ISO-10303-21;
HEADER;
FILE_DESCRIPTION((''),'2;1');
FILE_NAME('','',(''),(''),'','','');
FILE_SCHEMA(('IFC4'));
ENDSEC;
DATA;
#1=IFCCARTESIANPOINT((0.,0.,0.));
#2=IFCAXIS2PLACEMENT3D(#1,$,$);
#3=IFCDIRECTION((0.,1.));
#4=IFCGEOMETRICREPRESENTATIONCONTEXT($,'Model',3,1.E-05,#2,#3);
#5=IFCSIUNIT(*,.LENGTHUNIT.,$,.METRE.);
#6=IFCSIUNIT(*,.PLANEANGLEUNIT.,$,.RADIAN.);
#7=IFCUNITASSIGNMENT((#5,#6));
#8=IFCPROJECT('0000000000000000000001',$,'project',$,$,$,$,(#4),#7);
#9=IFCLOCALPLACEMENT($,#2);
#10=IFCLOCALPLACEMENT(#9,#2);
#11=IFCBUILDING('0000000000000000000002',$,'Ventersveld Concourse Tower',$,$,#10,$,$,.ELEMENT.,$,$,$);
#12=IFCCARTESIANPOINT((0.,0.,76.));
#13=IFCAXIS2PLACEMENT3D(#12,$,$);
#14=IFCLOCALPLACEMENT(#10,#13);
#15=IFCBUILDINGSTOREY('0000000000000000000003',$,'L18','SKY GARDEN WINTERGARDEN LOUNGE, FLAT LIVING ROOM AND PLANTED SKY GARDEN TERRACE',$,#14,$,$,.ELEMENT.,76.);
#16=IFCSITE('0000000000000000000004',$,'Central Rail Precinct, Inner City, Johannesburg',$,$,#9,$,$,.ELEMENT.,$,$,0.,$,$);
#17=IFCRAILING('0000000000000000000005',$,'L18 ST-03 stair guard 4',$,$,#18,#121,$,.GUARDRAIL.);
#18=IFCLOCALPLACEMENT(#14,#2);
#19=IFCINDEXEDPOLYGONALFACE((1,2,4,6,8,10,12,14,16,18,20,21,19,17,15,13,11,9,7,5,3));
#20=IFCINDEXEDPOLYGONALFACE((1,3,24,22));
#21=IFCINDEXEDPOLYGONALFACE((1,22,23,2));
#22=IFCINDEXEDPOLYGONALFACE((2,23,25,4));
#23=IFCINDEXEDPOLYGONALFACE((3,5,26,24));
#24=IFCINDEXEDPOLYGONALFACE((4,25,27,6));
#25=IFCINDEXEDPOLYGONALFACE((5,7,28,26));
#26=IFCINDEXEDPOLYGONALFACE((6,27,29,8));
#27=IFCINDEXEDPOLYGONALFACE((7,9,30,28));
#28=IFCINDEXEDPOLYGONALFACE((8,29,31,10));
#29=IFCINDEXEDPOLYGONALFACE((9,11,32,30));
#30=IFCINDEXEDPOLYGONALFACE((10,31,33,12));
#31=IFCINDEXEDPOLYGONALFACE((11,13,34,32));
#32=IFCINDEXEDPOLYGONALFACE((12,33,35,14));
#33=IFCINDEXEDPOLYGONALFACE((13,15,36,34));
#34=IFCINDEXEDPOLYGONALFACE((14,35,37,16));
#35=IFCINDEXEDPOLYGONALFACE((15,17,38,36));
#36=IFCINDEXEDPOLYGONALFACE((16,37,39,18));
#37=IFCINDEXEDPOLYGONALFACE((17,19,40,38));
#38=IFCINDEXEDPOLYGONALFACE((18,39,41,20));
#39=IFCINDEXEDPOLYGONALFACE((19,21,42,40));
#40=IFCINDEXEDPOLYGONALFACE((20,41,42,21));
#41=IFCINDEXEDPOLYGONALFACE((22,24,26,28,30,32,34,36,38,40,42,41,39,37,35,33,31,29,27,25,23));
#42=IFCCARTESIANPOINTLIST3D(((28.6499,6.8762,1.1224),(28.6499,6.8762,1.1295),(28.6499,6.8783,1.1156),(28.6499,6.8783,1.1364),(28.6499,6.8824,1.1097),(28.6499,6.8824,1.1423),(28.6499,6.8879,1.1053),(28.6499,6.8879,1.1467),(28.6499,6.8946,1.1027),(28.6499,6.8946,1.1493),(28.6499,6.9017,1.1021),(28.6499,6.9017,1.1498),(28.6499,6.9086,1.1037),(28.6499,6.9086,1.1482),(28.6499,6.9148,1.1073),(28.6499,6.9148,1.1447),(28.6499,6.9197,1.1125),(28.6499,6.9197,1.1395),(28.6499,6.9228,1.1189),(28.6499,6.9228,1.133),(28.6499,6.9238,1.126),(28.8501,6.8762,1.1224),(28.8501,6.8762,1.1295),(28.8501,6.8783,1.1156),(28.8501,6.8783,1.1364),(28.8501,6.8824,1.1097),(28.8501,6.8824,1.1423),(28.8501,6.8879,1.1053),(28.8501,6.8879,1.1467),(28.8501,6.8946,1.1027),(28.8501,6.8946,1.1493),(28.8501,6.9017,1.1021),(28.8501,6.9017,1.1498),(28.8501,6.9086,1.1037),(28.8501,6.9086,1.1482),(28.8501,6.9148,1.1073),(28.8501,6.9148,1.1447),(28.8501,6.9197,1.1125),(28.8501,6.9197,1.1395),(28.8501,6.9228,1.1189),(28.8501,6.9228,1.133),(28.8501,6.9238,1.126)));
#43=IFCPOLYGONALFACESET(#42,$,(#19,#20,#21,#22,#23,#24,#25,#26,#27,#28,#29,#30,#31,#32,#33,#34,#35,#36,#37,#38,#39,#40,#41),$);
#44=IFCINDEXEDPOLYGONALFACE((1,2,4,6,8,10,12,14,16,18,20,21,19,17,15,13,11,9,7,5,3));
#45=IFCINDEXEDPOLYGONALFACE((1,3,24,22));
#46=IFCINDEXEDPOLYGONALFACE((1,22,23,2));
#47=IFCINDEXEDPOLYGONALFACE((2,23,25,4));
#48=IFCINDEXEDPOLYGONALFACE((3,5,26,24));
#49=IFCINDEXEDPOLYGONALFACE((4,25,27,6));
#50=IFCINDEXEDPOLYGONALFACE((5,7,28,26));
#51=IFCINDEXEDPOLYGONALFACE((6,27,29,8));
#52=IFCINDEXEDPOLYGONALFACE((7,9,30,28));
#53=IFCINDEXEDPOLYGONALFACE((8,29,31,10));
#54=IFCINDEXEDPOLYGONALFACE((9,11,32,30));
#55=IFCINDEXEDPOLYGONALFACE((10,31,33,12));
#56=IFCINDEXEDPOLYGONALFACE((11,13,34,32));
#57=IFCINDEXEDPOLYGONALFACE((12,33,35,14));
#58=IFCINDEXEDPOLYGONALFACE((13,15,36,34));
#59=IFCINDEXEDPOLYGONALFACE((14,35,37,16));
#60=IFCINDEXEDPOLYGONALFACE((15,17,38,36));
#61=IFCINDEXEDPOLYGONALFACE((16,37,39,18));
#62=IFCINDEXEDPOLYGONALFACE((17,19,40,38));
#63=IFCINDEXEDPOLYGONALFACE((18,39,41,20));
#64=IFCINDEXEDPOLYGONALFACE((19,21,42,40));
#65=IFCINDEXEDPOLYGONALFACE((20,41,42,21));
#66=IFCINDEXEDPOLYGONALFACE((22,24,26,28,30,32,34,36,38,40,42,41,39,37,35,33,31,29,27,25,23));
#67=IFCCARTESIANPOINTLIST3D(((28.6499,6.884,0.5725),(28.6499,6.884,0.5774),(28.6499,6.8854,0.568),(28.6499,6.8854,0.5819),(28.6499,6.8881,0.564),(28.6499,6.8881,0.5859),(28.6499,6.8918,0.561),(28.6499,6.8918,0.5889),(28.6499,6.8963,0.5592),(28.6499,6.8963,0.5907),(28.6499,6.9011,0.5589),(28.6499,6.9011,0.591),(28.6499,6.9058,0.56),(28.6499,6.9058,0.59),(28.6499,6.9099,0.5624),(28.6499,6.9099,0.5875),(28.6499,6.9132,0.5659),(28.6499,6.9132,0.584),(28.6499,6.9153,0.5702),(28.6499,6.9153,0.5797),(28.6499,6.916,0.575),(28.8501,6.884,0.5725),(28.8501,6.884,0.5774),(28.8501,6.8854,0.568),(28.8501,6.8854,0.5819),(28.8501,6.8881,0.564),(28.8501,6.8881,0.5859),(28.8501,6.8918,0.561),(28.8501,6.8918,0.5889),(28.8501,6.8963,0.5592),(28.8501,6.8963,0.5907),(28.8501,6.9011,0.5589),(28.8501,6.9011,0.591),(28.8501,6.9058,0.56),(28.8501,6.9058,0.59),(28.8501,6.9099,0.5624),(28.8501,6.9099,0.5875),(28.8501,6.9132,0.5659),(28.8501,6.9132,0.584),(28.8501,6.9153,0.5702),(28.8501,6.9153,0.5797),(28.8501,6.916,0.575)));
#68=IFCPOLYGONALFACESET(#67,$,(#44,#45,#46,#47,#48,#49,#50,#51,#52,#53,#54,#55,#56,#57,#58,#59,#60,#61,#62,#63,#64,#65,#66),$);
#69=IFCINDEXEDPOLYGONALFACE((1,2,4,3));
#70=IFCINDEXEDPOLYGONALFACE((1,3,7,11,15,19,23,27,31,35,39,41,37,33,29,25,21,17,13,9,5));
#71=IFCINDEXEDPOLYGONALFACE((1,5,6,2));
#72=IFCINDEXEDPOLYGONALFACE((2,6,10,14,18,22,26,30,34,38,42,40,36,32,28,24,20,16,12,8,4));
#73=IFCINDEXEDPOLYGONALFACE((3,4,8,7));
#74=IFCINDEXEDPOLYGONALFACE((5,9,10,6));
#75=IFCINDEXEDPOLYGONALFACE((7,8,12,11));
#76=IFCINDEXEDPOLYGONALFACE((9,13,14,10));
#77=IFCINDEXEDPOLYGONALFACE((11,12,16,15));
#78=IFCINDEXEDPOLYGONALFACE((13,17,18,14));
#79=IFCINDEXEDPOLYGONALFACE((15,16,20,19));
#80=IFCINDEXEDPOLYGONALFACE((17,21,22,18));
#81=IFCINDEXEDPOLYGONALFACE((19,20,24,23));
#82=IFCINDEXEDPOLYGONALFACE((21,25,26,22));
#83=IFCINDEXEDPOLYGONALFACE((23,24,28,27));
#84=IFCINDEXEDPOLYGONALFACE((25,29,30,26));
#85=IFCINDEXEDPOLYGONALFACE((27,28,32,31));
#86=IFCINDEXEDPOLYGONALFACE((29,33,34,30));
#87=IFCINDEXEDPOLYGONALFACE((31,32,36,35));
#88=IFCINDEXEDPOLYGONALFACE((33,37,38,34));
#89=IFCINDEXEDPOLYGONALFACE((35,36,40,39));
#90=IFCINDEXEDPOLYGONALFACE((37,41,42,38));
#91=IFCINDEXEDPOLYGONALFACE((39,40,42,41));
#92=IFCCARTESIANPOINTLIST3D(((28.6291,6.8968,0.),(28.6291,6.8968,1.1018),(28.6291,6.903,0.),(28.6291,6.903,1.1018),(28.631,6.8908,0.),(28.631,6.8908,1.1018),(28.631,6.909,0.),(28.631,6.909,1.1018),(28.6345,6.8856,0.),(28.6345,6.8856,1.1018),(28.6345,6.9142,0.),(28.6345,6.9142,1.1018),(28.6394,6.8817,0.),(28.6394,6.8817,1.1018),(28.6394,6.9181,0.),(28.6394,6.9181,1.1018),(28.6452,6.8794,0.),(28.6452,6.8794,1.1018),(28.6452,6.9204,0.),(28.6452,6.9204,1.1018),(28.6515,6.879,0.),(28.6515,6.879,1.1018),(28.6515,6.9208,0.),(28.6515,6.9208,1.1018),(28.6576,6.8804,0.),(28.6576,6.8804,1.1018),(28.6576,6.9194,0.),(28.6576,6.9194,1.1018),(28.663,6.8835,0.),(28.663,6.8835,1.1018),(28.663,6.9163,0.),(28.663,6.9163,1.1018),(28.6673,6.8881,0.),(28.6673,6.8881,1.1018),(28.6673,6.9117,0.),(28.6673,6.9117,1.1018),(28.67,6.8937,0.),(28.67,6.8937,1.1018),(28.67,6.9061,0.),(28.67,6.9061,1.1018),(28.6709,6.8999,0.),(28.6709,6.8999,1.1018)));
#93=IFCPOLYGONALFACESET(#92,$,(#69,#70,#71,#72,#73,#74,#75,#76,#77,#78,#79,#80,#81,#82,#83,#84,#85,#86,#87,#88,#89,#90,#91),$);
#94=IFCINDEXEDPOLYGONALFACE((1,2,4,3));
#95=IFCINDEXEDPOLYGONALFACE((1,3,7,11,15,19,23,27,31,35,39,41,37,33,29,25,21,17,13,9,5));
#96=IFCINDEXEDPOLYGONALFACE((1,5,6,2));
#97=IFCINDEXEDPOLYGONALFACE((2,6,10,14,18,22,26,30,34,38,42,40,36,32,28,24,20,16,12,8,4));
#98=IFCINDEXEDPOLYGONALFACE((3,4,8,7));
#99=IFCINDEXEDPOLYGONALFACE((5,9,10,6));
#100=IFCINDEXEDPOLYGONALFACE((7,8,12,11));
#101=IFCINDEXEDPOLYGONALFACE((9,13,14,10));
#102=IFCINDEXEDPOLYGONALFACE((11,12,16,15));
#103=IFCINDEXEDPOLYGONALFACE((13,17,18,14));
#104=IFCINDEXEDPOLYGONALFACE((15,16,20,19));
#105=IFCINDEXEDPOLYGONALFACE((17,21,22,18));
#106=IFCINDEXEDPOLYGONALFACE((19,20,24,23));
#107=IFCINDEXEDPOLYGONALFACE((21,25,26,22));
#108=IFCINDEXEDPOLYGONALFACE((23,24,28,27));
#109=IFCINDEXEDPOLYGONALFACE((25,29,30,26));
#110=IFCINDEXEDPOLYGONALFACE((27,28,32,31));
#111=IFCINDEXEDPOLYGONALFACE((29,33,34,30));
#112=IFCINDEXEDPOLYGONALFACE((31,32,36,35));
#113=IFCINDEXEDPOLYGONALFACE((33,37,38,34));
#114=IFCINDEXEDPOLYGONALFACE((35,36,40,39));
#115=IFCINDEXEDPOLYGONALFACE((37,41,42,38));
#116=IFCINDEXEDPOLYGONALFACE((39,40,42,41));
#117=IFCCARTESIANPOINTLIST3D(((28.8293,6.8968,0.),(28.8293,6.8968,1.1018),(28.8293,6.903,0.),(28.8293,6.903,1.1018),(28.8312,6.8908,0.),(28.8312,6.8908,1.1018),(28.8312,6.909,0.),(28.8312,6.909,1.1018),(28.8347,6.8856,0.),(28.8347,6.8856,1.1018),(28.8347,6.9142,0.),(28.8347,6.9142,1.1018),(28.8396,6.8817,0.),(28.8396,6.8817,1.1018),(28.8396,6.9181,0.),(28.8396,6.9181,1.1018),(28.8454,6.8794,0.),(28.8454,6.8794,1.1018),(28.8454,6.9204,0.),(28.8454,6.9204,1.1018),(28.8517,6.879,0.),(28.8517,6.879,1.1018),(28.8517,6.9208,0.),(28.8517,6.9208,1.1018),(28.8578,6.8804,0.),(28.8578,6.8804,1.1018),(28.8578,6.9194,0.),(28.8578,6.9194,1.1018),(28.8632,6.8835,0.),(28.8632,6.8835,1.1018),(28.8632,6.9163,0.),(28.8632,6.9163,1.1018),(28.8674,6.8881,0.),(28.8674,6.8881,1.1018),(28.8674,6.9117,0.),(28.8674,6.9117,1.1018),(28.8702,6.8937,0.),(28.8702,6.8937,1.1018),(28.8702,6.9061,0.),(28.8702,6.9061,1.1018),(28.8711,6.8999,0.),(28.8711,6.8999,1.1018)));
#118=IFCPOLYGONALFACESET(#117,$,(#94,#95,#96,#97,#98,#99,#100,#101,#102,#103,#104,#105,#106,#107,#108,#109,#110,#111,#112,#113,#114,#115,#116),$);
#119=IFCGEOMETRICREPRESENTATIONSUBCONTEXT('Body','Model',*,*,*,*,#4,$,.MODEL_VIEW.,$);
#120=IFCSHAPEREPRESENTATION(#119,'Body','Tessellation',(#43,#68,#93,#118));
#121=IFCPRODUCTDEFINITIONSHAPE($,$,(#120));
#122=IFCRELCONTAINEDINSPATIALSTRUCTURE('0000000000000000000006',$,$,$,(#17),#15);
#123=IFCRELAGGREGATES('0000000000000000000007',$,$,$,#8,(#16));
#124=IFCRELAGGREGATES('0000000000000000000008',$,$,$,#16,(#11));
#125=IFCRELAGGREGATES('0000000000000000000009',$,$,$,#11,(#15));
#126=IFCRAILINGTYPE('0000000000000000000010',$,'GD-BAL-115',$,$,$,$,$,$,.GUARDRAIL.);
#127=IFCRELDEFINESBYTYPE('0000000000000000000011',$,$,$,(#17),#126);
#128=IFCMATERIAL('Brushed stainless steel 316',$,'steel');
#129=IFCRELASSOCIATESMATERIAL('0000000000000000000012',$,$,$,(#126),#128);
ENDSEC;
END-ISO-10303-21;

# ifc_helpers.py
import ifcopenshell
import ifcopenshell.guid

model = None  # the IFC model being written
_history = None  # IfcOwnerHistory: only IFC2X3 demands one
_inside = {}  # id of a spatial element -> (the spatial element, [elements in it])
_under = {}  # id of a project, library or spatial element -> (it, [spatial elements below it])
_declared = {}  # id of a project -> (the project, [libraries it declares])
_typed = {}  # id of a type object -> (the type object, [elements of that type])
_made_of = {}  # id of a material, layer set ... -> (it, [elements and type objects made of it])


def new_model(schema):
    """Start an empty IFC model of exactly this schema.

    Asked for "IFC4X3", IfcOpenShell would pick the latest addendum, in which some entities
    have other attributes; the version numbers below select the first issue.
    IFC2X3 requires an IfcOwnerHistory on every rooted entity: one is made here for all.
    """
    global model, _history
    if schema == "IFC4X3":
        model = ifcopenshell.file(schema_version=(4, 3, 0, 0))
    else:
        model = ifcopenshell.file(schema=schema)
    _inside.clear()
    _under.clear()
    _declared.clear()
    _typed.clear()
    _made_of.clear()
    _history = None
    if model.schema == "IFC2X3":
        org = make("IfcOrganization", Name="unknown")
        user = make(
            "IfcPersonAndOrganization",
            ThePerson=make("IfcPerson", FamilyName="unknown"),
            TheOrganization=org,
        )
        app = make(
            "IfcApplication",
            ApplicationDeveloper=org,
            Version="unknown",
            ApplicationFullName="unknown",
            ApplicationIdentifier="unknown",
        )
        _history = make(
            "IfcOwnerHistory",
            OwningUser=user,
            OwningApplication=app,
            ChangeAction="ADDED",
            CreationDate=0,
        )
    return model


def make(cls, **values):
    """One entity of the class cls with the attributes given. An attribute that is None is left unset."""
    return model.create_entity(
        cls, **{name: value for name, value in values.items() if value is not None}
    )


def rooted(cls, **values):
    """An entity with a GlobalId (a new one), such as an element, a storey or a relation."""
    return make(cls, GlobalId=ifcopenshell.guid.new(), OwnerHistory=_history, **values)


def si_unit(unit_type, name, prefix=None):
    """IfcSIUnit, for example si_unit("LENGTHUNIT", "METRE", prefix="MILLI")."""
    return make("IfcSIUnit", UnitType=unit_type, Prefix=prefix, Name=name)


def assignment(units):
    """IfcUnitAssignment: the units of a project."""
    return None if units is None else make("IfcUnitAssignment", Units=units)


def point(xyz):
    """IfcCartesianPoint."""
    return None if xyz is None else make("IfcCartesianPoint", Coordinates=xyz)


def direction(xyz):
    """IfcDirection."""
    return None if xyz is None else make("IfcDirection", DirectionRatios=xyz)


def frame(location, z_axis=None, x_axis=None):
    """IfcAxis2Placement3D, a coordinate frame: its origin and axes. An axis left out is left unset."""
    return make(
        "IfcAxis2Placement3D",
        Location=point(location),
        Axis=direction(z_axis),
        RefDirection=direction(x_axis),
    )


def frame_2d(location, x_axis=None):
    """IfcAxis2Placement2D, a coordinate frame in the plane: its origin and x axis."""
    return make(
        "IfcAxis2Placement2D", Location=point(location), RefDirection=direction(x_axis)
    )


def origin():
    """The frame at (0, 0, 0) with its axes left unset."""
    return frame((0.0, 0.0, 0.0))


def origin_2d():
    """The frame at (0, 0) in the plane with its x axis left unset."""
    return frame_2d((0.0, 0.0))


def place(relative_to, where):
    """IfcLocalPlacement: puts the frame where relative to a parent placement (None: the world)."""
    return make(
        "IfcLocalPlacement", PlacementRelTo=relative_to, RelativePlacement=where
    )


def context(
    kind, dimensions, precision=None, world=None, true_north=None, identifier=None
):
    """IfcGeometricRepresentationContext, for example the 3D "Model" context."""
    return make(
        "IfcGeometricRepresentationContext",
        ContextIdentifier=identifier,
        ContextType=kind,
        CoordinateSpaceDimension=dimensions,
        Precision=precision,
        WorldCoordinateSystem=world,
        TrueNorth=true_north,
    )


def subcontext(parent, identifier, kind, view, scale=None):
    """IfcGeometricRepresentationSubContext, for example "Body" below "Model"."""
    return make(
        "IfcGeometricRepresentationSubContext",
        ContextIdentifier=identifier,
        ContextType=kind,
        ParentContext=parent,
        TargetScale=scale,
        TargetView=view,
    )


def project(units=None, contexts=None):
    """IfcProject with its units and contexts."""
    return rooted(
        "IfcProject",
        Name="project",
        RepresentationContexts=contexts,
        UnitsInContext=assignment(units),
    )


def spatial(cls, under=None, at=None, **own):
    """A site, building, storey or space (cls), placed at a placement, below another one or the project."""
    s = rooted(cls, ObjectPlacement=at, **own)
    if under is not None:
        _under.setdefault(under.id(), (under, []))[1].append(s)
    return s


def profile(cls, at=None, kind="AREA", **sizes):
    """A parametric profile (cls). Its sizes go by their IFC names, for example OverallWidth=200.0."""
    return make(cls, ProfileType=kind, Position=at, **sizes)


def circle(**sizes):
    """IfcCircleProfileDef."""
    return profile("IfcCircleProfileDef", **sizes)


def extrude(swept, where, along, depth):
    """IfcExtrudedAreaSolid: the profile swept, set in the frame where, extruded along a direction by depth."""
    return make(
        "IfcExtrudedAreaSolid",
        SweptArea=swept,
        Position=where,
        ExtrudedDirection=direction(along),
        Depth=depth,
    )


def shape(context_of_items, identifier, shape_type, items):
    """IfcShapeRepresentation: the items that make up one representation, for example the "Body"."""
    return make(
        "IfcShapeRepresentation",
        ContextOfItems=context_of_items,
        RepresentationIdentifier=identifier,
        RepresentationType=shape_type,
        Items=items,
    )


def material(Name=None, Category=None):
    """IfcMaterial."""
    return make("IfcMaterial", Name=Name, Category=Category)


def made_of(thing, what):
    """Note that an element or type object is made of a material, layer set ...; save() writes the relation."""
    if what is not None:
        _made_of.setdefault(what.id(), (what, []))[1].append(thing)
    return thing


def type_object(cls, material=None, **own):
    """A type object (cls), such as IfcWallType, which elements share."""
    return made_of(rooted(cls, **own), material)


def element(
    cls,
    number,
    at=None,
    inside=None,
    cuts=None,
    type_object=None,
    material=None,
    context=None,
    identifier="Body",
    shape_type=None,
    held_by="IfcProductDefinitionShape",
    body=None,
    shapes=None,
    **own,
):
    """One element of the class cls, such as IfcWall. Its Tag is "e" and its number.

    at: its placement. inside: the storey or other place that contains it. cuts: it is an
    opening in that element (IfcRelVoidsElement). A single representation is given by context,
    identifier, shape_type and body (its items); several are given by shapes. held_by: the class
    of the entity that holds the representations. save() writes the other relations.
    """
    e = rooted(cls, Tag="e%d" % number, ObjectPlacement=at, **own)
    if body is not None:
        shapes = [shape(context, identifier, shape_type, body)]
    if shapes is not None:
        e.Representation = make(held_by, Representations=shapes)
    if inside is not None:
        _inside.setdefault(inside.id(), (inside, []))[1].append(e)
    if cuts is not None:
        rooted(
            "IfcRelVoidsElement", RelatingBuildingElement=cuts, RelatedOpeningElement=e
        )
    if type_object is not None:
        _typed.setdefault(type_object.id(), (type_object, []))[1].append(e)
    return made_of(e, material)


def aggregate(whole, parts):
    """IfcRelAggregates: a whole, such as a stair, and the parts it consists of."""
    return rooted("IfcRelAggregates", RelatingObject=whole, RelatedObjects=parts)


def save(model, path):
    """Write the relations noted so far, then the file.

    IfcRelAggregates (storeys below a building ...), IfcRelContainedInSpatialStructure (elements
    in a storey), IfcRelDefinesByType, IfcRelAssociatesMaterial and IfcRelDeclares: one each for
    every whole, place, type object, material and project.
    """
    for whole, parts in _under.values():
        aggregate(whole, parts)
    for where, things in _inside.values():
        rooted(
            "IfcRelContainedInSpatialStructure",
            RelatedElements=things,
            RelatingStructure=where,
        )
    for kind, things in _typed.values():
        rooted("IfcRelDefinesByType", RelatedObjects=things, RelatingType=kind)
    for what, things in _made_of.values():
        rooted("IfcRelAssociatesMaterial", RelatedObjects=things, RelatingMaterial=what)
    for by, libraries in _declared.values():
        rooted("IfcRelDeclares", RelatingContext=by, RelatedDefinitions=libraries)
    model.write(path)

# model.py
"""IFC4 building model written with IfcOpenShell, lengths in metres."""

from ifc_helpers import new_model, si_unit, direction, frame, origin, origin_2d, place, context, subcontext, project, spatial, circle, extrude, material, type_object, element, save


model = new_model("IFC4")

# Units and contexts
model_context = context("Model", 3, precision=1e-05, world=origin(), true_north=direction((0.0, 1.0)))
body_context = subcontext(model_context, "Body", "Model", "MODEL_VIEW")
ifc_project = project(units=[si_unit("LENGTHUNIT", "METRE"), si_unit("PLANEANGLEUNIT", "RADIAN")], contexts=[model_context])

# Site, building, storey
site_placement = place(None, origin())
site = spatial("IfcSite", under=ifc_project, at=site_placement, Name="Central Rail Precinct, Inner City, Johannesburg", CompositionType="ELEMENT", RefElevation=0.0)
building_placement = place(site_placement, origin())
building = spatial("IfcBuilding", under=site, at=building_placement, Name="Ventersveld Concourse Tower", CompositionType="ELEMENT")
storey_placement = place(building_placement, frame((0.0, 0.0, 76.0)))
storey = spatial("IfcBuildingStorey", under=building, at=storey_placement, Name="L18", Description="SKY GARDEN WINTERGARDEN LOUNGE, FLAT LIVING ROOM AND PLANTED SKY GARDEN TERRACE", CompositionType="ELEMENT", Elevation=76.0)

# Shared definitions
ifc_material_1 = material(Name="Brushed stainless steel 316", Category="steel")

# Railing
railing_type_1 = type_object("IfcRailingType", Name="GD-BAL-115", PredefinedType="GUARDRAIL", material=ifc_material_1)
railing_1_placement = place(storey_placement, frame((28.6499, 6.8999, 0.0)))
element("IfcRailing", 1, at=railing_1_placement, inside=storey, type_object=railing_type_1, Name="L18 ST-03 stair guard 4", PredefinedType="GUARDRAIL", context=body_context, shape_type="SweptSolid", body=[
    extrude(circle(Radius=0.0239, at=origin_2d()), frame((0.0, 0.0, 1.126), z_axis=(1.0, 0.0, 0.0), x_axis=(0.0, 1.0, 0.0)), (0.0, 0.0, 1.0), 0.2002),
    extrude(circle(Radius=0.0161, at=origin_2d()), frame((0.0, 0.0, 0.575), z_axis=(1.0, 0.0, 0.0), x_axis=(0.0, 1.0, 0.0)), (0.0, 0.0, 1.0), 0.2002),
    extrude(circle(Radius=0.021, at=origin_2d()), origin(), (0.0, 0.0, 1.0), 1.1018),
    extrude(circle(Radius=0.021, at=origin_2d()), frame((0.2002, 0.0, 0.0)), (0.0, 0.0, 1.0), 1.1018),
])

save(model, "model.ifc")
